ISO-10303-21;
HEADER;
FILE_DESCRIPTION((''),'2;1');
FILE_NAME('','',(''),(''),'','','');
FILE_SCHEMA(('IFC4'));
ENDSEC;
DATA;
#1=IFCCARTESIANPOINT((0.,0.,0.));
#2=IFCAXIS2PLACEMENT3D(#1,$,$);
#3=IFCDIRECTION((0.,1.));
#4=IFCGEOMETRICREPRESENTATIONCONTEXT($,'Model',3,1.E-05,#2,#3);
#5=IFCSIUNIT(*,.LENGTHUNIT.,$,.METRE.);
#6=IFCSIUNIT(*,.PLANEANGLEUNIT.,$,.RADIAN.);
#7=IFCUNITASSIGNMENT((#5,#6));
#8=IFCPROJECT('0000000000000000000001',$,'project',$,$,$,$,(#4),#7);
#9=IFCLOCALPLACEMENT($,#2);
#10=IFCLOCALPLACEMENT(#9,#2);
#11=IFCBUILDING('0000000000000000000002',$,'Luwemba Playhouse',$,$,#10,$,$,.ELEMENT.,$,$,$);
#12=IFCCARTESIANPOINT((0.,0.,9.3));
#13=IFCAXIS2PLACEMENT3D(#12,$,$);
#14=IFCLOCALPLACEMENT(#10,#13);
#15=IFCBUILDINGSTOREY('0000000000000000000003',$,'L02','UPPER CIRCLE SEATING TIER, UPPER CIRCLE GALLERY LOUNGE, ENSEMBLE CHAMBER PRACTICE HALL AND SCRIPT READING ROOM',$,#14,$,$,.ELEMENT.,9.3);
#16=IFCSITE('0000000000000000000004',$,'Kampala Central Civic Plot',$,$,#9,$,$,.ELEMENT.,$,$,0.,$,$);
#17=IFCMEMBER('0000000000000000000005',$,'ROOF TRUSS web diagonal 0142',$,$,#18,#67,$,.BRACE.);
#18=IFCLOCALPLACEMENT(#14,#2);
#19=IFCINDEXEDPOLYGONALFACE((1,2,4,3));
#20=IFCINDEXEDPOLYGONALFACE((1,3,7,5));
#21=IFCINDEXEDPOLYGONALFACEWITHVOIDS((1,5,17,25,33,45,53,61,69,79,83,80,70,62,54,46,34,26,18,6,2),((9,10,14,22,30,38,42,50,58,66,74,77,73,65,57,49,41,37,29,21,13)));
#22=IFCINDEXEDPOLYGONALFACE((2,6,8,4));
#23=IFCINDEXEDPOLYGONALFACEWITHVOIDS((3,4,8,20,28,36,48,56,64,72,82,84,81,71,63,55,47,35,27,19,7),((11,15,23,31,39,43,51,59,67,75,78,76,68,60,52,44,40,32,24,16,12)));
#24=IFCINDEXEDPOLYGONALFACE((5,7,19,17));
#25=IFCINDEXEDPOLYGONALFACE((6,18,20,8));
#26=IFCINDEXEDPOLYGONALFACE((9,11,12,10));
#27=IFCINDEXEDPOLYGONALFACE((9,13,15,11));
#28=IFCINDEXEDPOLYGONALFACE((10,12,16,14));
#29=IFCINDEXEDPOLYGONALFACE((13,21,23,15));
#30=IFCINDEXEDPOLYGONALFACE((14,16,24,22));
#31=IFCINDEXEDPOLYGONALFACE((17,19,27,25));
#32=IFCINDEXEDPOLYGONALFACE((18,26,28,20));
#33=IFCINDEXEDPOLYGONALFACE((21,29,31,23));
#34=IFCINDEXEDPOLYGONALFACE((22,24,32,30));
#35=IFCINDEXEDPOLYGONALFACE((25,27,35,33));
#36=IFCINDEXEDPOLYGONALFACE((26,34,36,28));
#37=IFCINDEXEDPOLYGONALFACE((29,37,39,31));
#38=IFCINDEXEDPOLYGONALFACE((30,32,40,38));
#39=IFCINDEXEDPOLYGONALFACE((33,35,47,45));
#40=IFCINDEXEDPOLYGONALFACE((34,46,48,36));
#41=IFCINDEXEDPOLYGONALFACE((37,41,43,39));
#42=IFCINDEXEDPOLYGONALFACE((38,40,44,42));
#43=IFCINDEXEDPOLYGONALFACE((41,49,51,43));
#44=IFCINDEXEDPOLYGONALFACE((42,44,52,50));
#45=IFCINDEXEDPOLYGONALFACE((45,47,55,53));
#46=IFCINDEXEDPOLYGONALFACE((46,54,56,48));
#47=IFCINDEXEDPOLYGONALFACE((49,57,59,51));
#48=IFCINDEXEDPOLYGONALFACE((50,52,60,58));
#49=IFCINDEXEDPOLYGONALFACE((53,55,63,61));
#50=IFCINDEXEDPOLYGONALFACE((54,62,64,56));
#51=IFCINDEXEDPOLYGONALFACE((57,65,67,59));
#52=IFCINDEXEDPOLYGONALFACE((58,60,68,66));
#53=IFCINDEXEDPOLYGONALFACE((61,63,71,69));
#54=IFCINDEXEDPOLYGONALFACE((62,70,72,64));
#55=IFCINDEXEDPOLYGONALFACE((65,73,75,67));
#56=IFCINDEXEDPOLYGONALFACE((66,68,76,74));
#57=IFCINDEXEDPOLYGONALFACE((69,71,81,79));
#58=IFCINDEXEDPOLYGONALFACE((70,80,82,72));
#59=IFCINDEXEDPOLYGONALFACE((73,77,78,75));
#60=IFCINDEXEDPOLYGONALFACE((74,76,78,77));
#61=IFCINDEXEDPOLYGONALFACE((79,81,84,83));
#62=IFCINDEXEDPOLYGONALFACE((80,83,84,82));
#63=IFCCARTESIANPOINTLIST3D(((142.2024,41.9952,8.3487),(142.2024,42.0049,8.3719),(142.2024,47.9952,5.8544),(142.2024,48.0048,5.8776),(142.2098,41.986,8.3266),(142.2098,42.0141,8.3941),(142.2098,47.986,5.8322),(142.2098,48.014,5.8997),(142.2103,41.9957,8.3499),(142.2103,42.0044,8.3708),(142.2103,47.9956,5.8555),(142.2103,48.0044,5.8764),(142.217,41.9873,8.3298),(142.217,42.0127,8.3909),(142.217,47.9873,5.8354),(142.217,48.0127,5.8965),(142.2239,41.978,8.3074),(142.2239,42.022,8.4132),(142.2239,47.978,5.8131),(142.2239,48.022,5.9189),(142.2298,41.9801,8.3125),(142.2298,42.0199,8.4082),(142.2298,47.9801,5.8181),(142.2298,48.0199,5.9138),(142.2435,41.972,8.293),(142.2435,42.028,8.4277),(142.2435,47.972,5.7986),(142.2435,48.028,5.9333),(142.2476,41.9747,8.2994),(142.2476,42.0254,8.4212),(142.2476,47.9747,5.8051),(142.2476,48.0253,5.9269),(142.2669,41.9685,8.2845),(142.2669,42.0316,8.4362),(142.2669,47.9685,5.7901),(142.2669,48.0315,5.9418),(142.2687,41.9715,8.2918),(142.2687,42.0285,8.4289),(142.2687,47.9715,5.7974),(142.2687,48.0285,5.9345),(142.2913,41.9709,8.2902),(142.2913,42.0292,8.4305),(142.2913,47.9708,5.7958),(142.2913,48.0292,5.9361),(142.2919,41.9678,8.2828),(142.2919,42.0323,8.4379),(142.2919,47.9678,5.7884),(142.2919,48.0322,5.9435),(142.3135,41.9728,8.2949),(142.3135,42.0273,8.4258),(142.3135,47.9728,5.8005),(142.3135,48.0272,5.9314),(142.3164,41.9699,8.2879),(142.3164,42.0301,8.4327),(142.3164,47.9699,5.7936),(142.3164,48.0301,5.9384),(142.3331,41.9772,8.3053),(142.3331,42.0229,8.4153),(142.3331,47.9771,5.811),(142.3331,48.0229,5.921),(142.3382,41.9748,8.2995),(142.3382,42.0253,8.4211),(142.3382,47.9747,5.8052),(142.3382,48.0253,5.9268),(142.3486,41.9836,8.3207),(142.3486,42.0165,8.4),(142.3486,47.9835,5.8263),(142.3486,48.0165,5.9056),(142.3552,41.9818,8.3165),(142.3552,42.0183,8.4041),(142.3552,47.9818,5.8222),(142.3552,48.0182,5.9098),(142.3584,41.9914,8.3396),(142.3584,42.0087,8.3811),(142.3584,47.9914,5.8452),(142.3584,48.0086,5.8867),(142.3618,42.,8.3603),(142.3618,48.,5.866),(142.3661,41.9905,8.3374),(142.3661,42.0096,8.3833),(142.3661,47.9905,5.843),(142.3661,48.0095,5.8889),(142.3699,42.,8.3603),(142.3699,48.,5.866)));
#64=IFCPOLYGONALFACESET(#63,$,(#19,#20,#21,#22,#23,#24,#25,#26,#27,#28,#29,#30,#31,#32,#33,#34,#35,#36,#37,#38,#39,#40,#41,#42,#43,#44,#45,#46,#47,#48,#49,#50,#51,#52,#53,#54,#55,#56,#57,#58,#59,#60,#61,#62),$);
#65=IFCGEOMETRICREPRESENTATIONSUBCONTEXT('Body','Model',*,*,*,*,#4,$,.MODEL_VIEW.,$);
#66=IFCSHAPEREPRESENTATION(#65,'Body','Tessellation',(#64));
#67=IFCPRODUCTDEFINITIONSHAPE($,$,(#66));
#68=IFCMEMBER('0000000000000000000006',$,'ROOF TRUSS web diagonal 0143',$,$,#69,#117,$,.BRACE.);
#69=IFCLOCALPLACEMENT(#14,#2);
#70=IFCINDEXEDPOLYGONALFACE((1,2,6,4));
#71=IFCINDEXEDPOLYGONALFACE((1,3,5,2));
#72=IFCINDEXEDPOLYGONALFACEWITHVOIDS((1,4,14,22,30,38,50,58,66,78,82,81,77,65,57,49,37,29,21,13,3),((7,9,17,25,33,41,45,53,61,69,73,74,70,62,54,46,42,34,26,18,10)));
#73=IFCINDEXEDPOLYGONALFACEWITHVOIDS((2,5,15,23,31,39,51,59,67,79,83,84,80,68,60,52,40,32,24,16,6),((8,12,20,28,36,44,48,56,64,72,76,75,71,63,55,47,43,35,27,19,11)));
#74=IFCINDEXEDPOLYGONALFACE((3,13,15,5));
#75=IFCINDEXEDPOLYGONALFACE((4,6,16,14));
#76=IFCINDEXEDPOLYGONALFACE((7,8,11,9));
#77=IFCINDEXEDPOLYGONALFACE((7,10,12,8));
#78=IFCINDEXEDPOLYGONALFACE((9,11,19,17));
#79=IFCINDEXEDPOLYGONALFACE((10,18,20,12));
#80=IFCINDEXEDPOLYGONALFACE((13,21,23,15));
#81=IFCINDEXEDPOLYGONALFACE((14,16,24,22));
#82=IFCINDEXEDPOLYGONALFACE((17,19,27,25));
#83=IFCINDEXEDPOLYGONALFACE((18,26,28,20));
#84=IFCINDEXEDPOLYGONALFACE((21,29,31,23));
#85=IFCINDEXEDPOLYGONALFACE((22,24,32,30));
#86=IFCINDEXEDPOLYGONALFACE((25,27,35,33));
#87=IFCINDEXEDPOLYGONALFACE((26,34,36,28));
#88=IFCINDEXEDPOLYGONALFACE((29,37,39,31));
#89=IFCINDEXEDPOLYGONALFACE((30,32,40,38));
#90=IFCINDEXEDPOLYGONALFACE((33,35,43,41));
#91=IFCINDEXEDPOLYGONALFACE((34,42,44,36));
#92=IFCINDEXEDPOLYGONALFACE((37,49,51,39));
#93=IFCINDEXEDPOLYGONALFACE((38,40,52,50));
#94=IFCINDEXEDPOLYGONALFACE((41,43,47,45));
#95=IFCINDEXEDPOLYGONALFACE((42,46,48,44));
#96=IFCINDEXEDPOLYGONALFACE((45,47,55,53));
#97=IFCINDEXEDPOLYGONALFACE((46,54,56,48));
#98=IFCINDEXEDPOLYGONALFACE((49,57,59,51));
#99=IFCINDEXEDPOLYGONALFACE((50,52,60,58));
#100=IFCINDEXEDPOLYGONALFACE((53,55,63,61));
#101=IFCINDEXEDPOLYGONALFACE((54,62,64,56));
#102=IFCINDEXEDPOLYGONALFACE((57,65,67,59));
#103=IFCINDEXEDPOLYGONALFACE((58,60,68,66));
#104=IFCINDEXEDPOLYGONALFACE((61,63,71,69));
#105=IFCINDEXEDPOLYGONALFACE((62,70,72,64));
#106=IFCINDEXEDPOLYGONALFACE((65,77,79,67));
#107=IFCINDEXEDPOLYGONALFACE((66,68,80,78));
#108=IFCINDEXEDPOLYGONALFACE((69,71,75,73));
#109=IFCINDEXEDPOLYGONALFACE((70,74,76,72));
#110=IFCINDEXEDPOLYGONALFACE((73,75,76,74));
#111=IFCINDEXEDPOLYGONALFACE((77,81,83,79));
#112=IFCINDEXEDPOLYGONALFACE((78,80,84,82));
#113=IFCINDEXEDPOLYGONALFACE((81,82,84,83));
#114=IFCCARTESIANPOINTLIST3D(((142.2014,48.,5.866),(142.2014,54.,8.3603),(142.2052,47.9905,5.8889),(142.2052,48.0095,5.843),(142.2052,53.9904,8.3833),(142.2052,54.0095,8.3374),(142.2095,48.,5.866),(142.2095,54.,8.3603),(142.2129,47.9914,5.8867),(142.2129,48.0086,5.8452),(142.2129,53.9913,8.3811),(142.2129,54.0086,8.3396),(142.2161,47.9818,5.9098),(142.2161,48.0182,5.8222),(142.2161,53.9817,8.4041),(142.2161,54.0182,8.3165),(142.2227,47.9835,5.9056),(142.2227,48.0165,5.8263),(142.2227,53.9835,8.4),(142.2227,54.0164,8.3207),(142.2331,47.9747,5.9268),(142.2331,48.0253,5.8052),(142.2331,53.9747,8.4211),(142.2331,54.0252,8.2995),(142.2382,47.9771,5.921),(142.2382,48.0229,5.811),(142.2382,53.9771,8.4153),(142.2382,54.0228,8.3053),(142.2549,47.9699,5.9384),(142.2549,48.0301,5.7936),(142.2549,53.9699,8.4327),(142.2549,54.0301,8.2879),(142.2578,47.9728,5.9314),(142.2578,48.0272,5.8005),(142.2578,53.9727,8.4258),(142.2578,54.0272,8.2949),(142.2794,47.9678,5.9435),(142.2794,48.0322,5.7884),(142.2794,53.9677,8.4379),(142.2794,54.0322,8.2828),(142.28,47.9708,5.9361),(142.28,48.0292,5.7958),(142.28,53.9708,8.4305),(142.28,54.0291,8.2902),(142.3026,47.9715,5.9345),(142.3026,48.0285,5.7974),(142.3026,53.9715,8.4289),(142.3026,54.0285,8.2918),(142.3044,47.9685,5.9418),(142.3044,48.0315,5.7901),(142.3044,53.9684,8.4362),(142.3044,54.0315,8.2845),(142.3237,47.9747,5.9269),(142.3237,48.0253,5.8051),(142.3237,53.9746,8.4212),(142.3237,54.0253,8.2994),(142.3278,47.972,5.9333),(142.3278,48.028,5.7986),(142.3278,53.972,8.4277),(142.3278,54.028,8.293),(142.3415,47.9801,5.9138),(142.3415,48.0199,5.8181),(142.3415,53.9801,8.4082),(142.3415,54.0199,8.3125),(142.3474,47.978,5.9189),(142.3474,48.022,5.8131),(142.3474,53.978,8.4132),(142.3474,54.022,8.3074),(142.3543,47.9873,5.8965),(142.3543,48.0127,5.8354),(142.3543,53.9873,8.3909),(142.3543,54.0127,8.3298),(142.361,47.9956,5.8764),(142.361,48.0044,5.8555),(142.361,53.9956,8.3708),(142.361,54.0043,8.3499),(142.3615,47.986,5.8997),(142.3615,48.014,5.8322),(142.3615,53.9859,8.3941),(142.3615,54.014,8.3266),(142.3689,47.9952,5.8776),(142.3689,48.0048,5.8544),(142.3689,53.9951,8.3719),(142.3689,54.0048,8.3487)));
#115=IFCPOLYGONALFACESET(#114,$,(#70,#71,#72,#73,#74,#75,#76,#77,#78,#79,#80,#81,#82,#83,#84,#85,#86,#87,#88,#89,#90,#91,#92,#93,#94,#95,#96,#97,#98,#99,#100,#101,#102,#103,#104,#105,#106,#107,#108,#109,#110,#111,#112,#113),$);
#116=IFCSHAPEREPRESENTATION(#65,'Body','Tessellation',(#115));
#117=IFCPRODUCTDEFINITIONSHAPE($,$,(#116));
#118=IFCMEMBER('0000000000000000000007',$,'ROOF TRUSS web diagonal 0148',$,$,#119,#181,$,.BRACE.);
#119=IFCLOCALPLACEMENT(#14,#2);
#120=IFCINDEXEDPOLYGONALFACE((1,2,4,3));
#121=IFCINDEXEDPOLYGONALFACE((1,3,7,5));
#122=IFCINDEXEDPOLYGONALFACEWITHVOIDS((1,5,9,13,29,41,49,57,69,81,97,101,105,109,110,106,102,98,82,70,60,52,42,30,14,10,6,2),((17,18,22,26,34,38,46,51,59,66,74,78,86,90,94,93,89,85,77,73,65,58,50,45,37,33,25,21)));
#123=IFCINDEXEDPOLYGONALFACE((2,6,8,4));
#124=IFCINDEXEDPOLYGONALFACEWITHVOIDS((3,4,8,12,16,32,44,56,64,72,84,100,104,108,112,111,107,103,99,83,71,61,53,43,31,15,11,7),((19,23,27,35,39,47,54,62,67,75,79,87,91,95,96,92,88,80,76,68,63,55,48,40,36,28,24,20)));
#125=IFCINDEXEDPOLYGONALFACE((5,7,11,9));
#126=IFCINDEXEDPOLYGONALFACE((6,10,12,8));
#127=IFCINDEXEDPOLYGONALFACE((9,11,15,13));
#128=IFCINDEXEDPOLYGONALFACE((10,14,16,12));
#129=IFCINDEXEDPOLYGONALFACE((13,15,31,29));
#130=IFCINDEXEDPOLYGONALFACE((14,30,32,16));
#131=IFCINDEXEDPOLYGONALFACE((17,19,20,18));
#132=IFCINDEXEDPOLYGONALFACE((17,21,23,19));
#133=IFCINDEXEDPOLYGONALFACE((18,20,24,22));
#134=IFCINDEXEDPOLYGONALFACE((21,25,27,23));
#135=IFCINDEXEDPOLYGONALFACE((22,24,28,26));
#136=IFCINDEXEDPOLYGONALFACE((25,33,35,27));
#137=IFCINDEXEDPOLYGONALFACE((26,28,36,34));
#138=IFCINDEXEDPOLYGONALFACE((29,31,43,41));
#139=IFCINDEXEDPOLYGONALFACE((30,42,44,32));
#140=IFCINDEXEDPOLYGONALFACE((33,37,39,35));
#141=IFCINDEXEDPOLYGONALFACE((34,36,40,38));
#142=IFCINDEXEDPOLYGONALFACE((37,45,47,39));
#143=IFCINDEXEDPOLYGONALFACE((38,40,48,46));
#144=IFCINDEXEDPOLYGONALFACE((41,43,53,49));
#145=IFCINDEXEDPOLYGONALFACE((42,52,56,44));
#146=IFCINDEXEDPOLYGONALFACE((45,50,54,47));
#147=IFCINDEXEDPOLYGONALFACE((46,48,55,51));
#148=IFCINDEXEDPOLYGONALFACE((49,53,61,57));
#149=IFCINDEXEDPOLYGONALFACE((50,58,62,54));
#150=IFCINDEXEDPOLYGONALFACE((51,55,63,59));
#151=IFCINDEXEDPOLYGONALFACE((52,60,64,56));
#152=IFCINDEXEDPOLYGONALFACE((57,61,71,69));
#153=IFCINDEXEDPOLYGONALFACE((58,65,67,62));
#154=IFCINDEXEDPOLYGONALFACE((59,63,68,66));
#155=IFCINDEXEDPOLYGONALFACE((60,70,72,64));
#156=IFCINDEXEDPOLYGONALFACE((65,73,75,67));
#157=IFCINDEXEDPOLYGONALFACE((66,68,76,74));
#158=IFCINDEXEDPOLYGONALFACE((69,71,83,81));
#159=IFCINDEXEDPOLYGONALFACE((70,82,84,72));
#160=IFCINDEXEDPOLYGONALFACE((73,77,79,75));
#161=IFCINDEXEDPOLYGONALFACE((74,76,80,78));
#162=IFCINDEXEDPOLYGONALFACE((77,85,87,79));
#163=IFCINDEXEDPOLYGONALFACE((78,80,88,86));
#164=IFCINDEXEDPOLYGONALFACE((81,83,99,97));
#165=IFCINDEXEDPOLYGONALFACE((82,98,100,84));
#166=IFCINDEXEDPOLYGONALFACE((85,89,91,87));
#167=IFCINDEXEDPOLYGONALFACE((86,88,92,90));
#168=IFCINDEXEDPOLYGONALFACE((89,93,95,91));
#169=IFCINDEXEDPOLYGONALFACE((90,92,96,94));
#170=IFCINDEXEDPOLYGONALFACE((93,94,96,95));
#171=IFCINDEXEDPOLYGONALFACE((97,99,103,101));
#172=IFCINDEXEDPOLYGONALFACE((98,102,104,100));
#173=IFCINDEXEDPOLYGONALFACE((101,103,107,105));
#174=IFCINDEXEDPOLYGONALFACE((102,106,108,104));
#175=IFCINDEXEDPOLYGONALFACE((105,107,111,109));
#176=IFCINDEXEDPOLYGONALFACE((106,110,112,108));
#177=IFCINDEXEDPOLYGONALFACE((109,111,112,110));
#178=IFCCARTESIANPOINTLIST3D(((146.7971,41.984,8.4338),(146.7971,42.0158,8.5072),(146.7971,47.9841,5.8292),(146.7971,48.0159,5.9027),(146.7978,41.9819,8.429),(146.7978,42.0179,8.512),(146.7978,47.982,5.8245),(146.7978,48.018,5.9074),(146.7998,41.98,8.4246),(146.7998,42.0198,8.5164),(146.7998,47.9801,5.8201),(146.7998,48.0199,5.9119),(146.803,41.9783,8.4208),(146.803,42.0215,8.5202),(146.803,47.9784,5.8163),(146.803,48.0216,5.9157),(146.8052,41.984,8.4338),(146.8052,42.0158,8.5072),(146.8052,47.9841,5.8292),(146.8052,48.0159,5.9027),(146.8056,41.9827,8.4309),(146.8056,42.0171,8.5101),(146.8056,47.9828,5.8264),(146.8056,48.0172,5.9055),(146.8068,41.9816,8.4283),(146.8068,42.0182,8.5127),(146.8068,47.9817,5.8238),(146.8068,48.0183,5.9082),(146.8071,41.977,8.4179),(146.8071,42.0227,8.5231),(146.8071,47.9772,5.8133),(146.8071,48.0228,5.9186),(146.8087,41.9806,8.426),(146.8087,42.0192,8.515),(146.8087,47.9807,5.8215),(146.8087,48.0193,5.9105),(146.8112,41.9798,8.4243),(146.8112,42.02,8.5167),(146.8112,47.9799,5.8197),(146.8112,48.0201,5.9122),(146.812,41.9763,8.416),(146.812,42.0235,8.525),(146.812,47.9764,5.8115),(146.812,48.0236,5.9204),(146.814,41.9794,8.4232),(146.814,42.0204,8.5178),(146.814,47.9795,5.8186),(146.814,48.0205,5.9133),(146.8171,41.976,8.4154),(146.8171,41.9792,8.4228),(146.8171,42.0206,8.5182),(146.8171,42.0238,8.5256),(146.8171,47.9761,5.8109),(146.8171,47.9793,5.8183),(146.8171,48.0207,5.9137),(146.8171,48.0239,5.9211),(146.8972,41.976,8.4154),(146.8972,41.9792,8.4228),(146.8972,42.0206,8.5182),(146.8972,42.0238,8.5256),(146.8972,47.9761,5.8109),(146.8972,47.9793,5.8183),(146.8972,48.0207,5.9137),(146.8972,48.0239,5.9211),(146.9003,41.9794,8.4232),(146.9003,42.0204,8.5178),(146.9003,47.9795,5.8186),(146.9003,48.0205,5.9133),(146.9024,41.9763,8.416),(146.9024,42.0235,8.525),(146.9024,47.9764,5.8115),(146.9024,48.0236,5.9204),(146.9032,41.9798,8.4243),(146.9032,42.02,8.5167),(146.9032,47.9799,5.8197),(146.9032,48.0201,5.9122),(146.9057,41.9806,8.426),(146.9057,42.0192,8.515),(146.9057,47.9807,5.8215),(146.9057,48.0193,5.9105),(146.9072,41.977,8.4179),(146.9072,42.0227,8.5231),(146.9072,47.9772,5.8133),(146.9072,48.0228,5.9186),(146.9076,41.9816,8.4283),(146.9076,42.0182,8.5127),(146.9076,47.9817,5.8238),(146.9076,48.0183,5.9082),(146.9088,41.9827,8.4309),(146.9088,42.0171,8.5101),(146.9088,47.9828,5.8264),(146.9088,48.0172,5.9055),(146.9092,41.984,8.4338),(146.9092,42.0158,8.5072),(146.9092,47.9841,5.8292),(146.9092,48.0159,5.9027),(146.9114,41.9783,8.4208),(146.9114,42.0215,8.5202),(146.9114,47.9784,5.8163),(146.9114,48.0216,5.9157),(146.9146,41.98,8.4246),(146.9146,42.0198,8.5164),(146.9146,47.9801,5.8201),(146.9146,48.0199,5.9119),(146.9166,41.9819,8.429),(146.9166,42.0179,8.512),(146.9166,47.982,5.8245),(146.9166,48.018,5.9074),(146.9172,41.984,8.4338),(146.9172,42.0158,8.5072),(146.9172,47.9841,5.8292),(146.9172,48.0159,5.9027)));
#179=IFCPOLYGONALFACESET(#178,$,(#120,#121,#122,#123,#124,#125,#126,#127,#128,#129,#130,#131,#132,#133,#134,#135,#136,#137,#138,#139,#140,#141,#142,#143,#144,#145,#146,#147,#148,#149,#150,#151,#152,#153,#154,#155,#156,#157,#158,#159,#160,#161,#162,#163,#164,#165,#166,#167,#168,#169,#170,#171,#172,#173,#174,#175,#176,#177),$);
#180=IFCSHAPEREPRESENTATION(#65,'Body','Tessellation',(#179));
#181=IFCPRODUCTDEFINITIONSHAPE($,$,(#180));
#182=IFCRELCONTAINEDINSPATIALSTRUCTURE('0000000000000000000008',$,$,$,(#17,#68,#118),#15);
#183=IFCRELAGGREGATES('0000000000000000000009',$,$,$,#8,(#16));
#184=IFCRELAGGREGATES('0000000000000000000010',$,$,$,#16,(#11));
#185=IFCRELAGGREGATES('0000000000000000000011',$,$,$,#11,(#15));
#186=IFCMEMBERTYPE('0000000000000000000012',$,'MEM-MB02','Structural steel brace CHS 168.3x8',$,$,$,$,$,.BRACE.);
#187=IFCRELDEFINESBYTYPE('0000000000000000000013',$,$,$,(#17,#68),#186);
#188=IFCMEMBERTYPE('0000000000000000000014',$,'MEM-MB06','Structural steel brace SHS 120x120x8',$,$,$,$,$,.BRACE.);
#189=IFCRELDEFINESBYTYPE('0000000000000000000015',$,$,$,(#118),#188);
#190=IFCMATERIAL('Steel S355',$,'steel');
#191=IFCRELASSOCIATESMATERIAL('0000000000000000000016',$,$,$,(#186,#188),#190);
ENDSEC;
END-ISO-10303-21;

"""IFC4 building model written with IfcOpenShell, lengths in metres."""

from ifc_helpers import new_model, si_unit, direction, frame, origin, origin_2d, place, context, subcontext, project, spatial, hollow_rectangle, hollow_circle, extrude, material, material_profile, profile_set, type_object, element, save


model = new_model("IFC4")

# Units and contexts
model_context = context("Model", 3, precision=1e-05, world=origin(), true_north=direction((0.0, 1.0)))
body_context = subcontext(model_context, "Body", "Model", "MODEL_VIEW")
ifc_project = project(units=[si_unit("LENGTHUNIT", "METRE"), si_unit("PLANEANGLEUNIT", "RADIAN")], contexts=[model_context])

# Site, building, storey
site_placement = place(None, origin())
site = spatial("IfcSite", under=ifc_project, at=site_placement, Name="Kampala Central Civic Plot", CompositionType="ELEMENT", RefElevation=0.0)
building_placement = place(site_placement, origin())
building = spatial("IfcBuilding", under=site, at=building_placement, Name="Luwemba Playhouse", CompositionType="ELEMENT")
storey_placement = place(building_placement, frame((0.0, 0.0, 9.3)))
storey = spatial("IfcBuildingStorey", under=building, at=storey_placement, Name="L02", Description="UPPER CIRCLE SEATING TIER, UPPER CIRCLE GALLERY LOUNGE, ENSEMBLE CHAMBER PRACTICE HALL AND SCRIPT READING ROOM", CompositionType="ELEMENT", Elevation=9.3)

# Shared definitions
ifc_material_1 = material(Name="Steel S355", Category="steel")

# Members
ifc_material_profile_1 = material_profile(ifc_material_1, hollow_circle(Radius=0.0842, WallThickness=0.0081, at=origin_2d()))
ifc_profile_set_1 = profile_set([ifc_material_profile_1], Name="Steel S355")
member_type_1 = type_object("IfcMemberType", Name="MEM-MB02", Description="Structural steel brace CHS 168.3x8", PredefinedType="BRACE", material=ifc_profile_set_1)
for number, where, z_axis, x_axis, name in (
    (1, (142.2856, 48.0, 5.866), (0.0, -0.923383, 0.383879), (1.0, 0.0, 0.0), "ROOF TRUSS web diagonal 0142"),
    (2, (142.2856, 48.0, 5.866), (0.0, 0.923383, 0.383879), (-1.0, 0.0, 0.0), "ROOF TRUSS web diagonal 0143"),
):
    element("IfcMember", number, at=place(storey_placement, frame(where, z_axis=z_axis, x_axis=x_axis)), inside=storey, type_object=member_type_1, Name=name, PredefinedType="BRACE", context=body_context, shape_type="SweptSolid", body=[
        extrude(hollow_circle(Radius=0.0842, WallThickness=0.0081, at=origin_2d()), origin(), (0.0, 0.0, 1.0), 6.4978),
    ])
ifc_material_profile_2 = material_profile(ifc_material_1, hollow_rectangle(XDim=0.1201, YDim=0.1201, WallThickness=0.0081, InnerFilletRadius=0.012, OuterFilletRadius=0.02, at=origin_2d()))
ifc_profile_set_2 = profile_set([ifc_material_profile_2], Name="Steel S355")
member_type_2 = type_object("IfcMemberType", Name="MEM-MB06", Description="Structural steel brace SHS 120x120x8", PredefinedType="BRACE", material=ifc_profile_set_2)
for number, where, z_axis, x_axis, name in (
    (3, (146.8572, 48.0, 5.866), (0.0, -0.917305, 0.398186), (1.0, 0.0, 0.0), "ROOF TRUSS web diagonal 0148"),
):
    element("IfcMember", number, at=place(storey_placement, frame(where, z_axis=z_axis, x_axis=x_axis)), inside=storey, type_object=member_type_2, Name=name, PredefinedType="BRACE", context=body_context, shape_type="SweptSolid", body=[
        extrude(hollow_rectangle(XDim=0.1201, YDim=0.1201, WallThickness=0.0081, InnerFilletRadius=0.012, OuterFilletRadius=0.02, at=origin_2d()), origin(), (0.0, 0.0, 1.0), 6.541),
    ])

save(model, "model.ifc")
